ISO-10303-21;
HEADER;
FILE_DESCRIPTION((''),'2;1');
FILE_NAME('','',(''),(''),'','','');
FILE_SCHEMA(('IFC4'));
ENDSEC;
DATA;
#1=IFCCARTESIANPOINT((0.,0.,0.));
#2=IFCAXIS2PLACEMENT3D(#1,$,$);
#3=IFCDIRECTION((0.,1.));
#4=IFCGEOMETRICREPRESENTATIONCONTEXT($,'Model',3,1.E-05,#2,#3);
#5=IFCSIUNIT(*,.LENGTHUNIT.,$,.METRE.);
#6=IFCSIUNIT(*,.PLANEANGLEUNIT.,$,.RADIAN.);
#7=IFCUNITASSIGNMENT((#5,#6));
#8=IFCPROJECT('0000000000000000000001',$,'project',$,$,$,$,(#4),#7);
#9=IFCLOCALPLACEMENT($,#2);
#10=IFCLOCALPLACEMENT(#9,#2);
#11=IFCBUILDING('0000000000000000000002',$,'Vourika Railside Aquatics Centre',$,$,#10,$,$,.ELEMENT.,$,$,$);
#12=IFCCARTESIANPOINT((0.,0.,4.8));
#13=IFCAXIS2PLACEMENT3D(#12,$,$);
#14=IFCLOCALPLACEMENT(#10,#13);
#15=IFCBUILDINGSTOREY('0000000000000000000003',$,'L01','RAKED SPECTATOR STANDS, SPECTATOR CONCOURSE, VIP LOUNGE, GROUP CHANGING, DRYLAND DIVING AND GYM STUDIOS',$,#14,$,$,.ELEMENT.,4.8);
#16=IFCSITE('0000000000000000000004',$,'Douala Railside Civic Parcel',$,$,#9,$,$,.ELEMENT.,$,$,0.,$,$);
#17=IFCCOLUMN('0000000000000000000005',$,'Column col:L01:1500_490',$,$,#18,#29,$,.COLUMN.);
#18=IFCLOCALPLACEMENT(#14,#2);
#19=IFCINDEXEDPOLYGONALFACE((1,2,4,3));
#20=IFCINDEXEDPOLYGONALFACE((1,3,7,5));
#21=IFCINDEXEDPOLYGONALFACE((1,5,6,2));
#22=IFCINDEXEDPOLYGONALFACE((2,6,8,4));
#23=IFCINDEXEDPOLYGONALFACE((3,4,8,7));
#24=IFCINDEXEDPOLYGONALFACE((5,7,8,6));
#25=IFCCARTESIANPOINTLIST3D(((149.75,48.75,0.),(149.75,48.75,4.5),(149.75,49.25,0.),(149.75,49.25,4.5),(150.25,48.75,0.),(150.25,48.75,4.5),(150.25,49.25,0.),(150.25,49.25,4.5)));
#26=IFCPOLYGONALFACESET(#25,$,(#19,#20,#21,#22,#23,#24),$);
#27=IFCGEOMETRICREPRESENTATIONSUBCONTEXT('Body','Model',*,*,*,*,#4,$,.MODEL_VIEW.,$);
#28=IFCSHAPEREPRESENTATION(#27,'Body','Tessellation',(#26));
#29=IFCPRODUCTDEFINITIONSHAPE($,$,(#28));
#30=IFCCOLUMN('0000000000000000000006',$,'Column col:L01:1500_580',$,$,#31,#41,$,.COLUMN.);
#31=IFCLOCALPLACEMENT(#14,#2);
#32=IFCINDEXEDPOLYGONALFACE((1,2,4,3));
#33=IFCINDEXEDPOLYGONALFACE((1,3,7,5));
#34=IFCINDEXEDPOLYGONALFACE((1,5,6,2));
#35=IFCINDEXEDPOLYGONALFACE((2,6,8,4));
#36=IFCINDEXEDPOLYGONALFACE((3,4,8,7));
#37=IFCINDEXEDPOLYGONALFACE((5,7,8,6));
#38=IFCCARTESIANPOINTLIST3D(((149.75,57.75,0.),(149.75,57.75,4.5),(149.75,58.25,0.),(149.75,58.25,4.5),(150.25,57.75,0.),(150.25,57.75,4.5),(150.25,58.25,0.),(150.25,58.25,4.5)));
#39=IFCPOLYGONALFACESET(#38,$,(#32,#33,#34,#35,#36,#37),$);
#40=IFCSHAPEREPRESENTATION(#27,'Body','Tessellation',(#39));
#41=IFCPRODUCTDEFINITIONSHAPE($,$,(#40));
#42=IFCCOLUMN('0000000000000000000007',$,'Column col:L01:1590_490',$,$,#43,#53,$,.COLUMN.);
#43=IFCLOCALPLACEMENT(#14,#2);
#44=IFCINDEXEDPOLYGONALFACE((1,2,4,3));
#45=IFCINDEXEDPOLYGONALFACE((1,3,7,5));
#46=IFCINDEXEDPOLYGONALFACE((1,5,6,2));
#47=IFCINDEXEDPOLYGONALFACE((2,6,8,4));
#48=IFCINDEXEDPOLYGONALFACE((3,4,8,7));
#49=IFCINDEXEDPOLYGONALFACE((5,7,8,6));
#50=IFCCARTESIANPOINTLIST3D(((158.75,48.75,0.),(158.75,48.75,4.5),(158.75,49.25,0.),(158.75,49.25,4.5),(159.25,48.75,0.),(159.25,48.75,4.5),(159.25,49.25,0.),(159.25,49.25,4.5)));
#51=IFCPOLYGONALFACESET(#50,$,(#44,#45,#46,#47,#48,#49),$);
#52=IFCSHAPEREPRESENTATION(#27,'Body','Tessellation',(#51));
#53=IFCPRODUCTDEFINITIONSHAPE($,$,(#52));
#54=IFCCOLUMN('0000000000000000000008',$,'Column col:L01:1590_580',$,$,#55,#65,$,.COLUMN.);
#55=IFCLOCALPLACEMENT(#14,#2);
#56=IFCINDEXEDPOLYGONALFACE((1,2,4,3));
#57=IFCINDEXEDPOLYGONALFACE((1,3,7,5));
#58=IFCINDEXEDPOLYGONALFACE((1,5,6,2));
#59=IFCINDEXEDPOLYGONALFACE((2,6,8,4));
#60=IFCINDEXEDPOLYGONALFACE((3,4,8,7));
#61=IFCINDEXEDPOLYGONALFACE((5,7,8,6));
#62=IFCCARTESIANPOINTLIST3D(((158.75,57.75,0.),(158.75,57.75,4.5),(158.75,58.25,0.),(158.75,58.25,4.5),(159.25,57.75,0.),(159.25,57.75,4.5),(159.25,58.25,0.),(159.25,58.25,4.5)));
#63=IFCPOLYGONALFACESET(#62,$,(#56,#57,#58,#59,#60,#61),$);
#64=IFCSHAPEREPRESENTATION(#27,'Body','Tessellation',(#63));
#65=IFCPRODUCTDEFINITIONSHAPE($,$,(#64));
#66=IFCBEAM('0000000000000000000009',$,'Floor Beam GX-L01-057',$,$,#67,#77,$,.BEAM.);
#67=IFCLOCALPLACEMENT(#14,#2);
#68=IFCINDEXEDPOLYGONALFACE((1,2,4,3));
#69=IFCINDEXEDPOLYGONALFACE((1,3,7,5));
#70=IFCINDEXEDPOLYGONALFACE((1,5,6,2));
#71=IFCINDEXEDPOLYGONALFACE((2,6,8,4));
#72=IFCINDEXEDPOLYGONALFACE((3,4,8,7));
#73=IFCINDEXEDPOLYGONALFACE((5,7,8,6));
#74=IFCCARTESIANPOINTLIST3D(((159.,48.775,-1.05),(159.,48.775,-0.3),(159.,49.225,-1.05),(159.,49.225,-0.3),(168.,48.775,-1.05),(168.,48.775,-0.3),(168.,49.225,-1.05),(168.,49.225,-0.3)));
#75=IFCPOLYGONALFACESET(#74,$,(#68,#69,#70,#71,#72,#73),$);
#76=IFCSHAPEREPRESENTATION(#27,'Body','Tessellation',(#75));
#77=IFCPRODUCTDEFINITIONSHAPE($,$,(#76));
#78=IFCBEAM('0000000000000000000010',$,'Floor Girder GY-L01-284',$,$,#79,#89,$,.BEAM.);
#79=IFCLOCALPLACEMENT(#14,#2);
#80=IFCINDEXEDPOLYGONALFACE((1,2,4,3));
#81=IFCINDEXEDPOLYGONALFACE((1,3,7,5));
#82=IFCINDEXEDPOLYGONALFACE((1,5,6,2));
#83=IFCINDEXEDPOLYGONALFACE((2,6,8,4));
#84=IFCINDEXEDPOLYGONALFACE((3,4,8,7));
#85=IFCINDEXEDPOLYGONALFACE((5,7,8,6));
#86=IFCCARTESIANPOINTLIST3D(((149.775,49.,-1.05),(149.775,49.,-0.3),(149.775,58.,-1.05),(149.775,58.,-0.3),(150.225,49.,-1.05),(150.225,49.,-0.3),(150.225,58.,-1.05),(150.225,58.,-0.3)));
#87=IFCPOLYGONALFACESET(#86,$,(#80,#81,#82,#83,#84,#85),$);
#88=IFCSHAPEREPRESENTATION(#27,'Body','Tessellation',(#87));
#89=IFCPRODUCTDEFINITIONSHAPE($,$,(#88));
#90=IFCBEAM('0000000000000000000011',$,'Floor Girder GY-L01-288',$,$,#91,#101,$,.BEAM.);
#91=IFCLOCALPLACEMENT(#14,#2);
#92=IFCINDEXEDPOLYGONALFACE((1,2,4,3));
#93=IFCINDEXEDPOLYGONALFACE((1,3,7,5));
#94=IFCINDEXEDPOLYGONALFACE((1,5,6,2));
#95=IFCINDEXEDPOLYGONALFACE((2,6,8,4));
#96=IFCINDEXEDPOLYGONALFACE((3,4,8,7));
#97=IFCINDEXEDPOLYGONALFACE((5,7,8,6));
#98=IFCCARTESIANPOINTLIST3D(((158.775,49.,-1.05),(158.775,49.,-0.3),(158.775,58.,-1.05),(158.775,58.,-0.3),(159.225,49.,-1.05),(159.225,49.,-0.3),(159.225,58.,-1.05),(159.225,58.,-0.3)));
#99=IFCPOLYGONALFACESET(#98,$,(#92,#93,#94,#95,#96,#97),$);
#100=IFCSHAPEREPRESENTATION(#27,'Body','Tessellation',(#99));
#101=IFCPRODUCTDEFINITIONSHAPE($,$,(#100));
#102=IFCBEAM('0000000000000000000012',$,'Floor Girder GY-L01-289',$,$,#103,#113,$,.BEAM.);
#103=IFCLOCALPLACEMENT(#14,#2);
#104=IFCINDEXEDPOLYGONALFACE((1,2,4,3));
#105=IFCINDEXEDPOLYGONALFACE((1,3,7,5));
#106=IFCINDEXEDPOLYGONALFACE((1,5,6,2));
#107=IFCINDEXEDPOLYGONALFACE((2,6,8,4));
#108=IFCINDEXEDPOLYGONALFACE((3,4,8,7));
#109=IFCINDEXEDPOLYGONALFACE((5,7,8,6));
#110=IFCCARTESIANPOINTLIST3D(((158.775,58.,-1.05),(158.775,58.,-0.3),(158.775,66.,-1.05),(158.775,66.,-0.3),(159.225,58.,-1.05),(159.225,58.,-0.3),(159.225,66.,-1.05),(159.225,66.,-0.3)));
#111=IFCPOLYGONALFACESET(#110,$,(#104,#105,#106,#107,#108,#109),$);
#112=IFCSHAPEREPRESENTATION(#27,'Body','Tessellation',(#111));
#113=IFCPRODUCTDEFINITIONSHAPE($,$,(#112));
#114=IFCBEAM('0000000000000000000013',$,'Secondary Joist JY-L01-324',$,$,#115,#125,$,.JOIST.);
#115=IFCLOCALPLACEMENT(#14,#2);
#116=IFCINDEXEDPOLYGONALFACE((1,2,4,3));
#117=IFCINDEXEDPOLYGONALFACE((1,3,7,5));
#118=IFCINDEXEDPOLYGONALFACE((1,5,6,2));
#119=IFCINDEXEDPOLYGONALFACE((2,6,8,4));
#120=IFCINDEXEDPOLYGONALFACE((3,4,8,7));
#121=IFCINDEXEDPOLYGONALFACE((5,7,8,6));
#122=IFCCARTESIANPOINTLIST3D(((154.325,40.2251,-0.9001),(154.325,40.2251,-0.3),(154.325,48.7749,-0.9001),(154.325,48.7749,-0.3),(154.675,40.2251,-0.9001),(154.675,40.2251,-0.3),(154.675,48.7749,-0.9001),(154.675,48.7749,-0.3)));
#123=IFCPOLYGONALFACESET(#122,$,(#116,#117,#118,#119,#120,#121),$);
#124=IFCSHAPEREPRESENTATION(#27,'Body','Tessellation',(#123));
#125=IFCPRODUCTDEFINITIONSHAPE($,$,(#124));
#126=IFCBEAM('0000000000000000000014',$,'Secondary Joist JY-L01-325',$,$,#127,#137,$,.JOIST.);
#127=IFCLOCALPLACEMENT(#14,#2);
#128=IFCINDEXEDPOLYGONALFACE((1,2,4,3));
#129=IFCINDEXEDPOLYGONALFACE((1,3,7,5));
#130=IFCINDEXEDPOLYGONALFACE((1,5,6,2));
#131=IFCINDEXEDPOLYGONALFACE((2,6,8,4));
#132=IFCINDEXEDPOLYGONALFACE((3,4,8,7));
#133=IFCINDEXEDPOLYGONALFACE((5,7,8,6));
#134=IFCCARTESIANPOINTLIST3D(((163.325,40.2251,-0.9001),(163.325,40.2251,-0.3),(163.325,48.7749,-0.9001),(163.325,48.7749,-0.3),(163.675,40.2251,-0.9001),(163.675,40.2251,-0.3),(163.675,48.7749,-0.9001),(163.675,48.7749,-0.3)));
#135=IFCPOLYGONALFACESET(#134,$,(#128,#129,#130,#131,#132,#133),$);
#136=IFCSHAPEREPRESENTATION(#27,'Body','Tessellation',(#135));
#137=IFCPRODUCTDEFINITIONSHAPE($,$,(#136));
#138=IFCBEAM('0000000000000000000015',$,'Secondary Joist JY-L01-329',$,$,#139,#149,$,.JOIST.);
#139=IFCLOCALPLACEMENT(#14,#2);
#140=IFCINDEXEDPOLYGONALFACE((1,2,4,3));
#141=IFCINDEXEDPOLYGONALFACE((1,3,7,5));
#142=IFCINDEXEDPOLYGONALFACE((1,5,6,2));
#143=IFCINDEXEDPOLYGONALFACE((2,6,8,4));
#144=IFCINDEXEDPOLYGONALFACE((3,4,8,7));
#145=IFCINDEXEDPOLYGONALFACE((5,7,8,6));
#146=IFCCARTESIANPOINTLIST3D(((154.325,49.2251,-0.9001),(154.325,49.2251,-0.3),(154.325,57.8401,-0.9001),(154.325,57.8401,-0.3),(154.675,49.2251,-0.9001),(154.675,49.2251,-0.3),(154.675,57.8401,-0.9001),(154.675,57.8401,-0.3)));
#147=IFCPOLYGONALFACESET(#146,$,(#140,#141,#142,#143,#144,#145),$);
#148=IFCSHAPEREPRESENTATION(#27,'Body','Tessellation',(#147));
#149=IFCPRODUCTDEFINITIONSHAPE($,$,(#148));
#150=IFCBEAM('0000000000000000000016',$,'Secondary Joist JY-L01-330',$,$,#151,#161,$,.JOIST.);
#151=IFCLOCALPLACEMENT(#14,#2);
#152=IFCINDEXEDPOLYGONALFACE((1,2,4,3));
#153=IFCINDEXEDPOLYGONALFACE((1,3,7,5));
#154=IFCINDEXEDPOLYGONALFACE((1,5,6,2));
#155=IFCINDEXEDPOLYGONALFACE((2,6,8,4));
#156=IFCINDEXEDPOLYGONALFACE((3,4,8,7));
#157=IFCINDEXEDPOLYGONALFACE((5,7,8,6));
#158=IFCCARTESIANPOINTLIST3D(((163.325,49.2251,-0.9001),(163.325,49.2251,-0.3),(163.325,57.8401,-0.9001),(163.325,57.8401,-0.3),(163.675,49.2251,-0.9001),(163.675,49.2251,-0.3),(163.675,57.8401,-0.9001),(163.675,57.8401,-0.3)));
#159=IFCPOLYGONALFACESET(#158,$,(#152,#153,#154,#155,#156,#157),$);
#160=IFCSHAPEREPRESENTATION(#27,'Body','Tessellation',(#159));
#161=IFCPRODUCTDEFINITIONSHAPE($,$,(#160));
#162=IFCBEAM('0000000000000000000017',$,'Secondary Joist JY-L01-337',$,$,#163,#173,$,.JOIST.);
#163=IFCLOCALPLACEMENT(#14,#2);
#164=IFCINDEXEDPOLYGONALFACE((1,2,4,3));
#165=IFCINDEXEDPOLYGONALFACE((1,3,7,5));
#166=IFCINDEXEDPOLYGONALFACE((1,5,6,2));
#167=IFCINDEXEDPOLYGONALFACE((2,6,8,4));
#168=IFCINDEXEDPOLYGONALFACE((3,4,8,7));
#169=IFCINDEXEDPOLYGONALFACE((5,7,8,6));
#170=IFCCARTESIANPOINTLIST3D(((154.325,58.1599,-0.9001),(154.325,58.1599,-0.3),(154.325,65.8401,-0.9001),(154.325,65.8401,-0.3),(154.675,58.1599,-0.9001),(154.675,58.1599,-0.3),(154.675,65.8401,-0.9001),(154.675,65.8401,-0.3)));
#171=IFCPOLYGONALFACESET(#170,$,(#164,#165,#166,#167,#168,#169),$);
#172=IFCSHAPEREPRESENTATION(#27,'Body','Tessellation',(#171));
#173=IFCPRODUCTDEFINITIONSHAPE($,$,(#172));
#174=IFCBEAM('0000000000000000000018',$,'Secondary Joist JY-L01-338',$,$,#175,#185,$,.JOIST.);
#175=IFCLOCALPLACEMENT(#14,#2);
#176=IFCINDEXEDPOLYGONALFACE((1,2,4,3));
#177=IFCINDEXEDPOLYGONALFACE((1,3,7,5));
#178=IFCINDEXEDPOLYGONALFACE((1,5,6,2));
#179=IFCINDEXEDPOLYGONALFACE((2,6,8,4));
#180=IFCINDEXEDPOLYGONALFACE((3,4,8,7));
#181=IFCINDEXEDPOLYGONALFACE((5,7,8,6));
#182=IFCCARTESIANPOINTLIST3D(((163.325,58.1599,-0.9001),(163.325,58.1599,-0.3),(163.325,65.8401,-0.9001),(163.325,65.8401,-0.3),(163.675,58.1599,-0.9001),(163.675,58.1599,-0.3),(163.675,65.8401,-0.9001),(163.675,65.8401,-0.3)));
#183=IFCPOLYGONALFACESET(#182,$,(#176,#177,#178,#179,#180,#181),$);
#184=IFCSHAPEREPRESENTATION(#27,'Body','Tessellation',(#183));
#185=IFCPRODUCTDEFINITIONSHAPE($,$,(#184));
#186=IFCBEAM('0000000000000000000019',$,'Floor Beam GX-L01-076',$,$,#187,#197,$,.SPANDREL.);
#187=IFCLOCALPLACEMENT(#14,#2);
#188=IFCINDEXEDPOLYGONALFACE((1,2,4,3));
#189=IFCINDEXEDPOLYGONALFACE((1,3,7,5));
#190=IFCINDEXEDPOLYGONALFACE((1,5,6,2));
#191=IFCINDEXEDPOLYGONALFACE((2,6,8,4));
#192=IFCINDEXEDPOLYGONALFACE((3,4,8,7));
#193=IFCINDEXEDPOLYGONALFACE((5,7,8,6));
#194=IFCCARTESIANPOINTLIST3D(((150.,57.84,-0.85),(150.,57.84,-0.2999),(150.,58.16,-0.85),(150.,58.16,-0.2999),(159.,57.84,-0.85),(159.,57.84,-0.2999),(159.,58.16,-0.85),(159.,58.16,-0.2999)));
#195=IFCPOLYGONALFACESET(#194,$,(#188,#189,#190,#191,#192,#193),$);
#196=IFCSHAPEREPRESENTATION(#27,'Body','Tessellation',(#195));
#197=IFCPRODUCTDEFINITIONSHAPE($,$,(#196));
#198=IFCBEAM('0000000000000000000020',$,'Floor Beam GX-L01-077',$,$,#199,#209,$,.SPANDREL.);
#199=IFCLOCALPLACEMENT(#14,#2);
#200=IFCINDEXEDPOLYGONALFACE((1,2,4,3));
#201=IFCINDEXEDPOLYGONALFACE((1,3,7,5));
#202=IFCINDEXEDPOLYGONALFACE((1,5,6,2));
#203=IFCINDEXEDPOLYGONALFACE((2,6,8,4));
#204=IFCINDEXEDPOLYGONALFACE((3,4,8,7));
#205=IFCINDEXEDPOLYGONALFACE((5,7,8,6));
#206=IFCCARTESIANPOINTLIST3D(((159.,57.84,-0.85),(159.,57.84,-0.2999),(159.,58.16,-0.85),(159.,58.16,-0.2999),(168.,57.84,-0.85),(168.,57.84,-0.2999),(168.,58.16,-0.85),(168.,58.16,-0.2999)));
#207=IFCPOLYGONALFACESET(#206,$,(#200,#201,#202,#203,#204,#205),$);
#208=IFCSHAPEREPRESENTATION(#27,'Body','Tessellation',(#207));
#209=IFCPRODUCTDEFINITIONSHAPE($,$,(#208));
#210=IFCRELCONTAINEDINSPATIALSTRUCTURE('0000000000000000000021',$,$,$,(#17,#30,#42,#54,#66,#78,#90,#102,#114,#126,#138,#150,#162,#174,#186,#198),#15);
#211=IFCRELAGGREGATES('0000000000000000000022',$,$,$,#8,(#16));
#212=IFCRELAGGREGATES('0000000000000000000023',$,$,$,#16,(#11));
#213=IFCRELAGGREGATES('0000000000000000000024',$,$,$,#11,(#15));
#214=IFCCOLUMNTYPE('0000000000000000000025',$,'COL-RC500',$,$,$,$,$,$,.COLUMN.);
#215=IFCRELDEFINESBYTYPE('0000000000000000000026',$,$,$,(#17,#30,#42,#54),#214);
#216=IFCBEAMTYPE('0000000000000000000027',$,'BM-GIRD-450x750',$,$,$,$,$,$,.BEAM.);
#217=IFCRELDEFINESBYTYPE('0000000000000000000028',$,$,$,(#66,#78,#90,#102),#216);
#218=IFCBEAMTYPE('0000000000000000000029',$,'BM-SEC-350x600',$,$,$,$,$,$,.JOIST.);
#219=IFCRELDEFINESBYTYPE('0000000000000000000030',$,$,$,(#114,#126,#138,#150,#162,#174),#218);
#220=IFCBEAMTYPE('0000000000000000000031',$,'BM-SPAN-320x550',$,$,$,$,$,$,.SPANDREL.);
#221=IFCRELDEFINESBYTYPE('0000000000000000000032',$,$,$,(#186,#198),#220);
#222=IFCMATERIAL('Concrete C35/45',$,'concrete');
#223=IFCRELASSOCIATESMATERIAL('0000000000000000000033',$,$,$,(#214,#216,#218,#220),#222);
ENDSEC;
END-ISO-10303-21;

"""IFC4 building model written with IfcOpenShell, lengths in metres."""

from ifc_helpers import new_model, si_unit, direction, frame, origin, origin_2d, place, context, subcontext, project, spatial, rectangle, extrude, material, material_profile, profile_set, type_object, element, save


model = new_model("IFC4")

# Units and contexts
model_context = context("Model", 3, precision=1e-05, world=origin(), true_north=direction((0.0, 1.0)))
body_context = subcontext(model_context, "Body", "Model", "MODEL_VIEW")
ifc_project = project(units=[si_unit("LENGTHUNIT", "METRE"), si_unit("PLANEANGLEUNIT", "RADIAN")], contexts=[model_context])

# Site, building, storey
site_placement = place(None, origin())
site = spatial("IfcSite", under=ifc_project, at=site_placement, Name="Douala Railside Civic Parcel", CompositionType="ELEMENT", RefElevation=0.0)
building_placement = place(site_placement, origin())
building = spatial("IfcBuilding", under=site, at=building_placement, Name="Vourika Railside Aquatics Centre", CompositionType="ELEMENT")
storey_placement = place(building_placement, frame((0.0, 0.0, 4.8)))
storey = spatial("IfcBuildingStorey", under=building, at=storey_placement, Name="L01", Description="RAKED SPECTATOR STANDS, SPECTATOR CONCOURSE, VIP LOUNGE, GROUP CHANGING, DRYLAND DIVING AND GYM STUDIOS", CompositionType="ELEMENT", Elevation=4.8)

# Columns
ifc_material_1 = material(Name="Concrete C35/45", Category="concrete")
ifc_material_profile_1 = material_profile(ifc_material_1, rectangle(XDim=0.5, YDim=0.5, at=origin_2d()), Name="RC 500x500")
ifc_profile_set_1 = profile_set([ifc_material_profile_1], Name="Concrete C35/45")
column_type = type_object("IfcColumnType", Name="COL-RC500", PredefinedType="COLUMN", material=ifc_profile_set_1)
for number, where, z_axis, x_axis, name in (
    (1, (150.0, 49.0, 0.0), (0.0, 0.0, 1.0), (1.0, 0.0, 0.0), "Column col:L01:1500_490"),
    (2, (150.0, 58.0, 0.0), (0.0, 0.0, 1.0), (1.0, 0.0, 0.0), "Column col:L01:1500_580"),
    (3, (159.0, 49.0, 0.0), (0.0, 0.0, 1.0), (1.0, 0.0, 0.0), "Column col:L01:1590_490"),
    (4, (159.0, 58.0, 0.0), (0.0, 0.0, 1.0), (1.0, 0.0, 0.0), "Column col:L01:1590_580"),
):
    element("IfcColumn", number, at=place(storey_placement, frame(where, z_axis=z_axis, x_axis=x_axis)), inside=storey, type_object=column_type, Name=name, PredefinedType="COLUMN", context=body_context, shape_type="SweptSolid", body=[
        extrude(rectangle(XDim=0.5, YDim=0.5, at=origin_2d()), origin(), (0.0, 0.0, 1.0), 4.5),
    ])

# Beams
ifc_material_profile_2 = material_profile(ifc_material_1, rectangle(XDim=0.45, YDim=0.75, at=origin_2d()), Name="RC 450x750")
ifc_profile_set_2 = profile_set([ifc_material_profile_2], Name="Concrete C35/45")
beam_type_1 = type_object("IfcBeamType", Name="BM-GIRD-450x750", PredefinedType="BEAM", material=ifc_profile_set_2)
for number, where, z_axis, x_axis, name in (
    (5, (159.0, 49.0, -0.675), (1.0, 0.0, 0.0), (0.0, 1.0, 0.0), "Floor Beam GX-L01-057"),
    (6, (150.0, 49.0, -0.675), (0.0, 1.0, 0.0), (-1.0, 0.0, 0.0), "Floor Girder GY-L01-284"),
    (7, (159.0, 49.0, -0.675), (0.0, 1.0, 0.0), (-1.0, 0.0, 0.0), "Floor Girder GY-L01-288"),
):
    element("IfcBeam", number, at=place(storey_placement, frame(where, z_axis=z_axis, x_axis=x_axis)), inside=storey, type_object=beam_type_1, Name=name, PredefinedType="BEAM", context=body_context, shape_type="SweptSolid", body=[
        extrude(rectangle(XDim=0.45, YDim=0.75, at=origin_2d()), origin(), (0.0, 0.0, 1.0), 9.0),
    ])
beam_placement = place(storey_placement, frame((159.0, 58.0, -0.675), z_axis=(0.0, 1.0, 0.0), x_axis=(-1.0, 0.0, 0.0)))
element("IfcBeam", 8, at=beam_placement, inside=storey, type_object=beam_type_1, Name="Floor Girder GY-L01-289", PredefinedType="BEAM", context=body_context, shape_type="SweptSolid", body=[
    extrude(rectangle(XDim=0.45, YDim=0.75, at=origin_2d()), origin(), (0.0, 0.0, 1.0), 8.0),
])
ifc_material_profile_3 = material_profile(ifc_material_1, rectangle(XDim=0.3501, YDim=0.6001, at=origin_2d()), Name="RC 350x600")
ifc_profile_set_3 = profile_set([ifc_material_profile_3], Name="Concrete C35/45")
beam_type_2 = type_object("IfcBeamType", Name="BM-SEC-350x600", PredefinedType="JOIST", material=ifc_profile_set_3)
for number, where, z_axis, x_axis, name in (
    (9, (154.5, 40.2251, -0.6001), (0.0, 1.0, 0.0), (-1.0, 0.0, 0.0), "Secondary Joist JY-L01-324"),
    (10, (163.5, 40.2251, -0.6001), (0.0, 1.0, 0.0), (-1.0, 0.0, 0.0), "Secondary Joist JY-L01-325"),
):
    element("IfcBeam", number, at=place(storey_placement, frame(where, z_axis=z_axis, x_axis=x_axis)), inside=storey, type_object=beam_type_2, Name=name, PredefinedType="JOIST", context=body_context, shape_type="SweptSolid", body=[
        extrude(rectangle(XDim=0.3501, YDim=0.6001, at=origin_2d()), origin(), (0.0, 0.0, 1.0), 8.5498),
    ])
for number, where, z_axis, x_axis, name in (
    (11, (154.5, 49.2251, -0.6001), (0.0, 1.0, 0.0), (-1.0, 0.0, 0.0), "Secondary Joist JY-L01-329"),
    (12, (163.5, 49.2251, -0.6001), (0.0, 1.0, 0.0), (-1.0, 0.0, 0.0), "Secondary Joist JY-L01-330"),
):
    element("IfcBeam", number, at=place(storey_placement, frame(where, z_axis=z_axis, x_axis=x_axis)), inside=storey, type_object=beam_type_2, Name=name, PredefinedType="JOIST", context=body_context, shape_type="SweptSolid", body=[
        extrude(rectangle(XDim=0.3501, YDim=0.6001, at=origin_2d()), origin(), (0.0, 0.0, 1.0), 8.615),
    ])
for number, where, z_axis, x_axis, name in (
    (13, (154.5, 58.1599, -0.6001), (0.0, 1.0, 0.0), (-1.0, 0.0, 0.0), "Secondary Joist JY-L01-337"),
    (14, (163.5, 58.1599, -0.6001), (0.0, 1.0, 0.0), (-1.0, 0.0, 0.0), "Secondary Joist JY-L01-338"),
):
    element("IfcBeam", number, at=place(storey_placement, frame(where, z_axis=z_axis, x_axis=x_axis)), inside=storey, type_object=beam_type_2, Name=name, PredefinedType="JOIST", context=body_context, shape_type="SweptSolid", body=[
        extrude(rectangle(XDim=0.3501, YDim=0.6001, at=origin_2d()), origin(), (0.0, 0.0, 1.0), 7.6802),
    ])
ifc_material_profile_4 = material_profile(ifc_material_1, rectangle(XDim=0.3201, YDim=0.55, at=origin_2d()), Name="RC 320x550")
ifc_profile_set_4 = profile_set([ifc_material_profile_4], Name="Concrete C35/45")
beam_type_3 = type_object("IfcBeamType", Name="BM-SPAN-320x550", PredefinedType="SPANDREL", material=ifc_profile_set_4)
for number, where, z_axis, x_axis, name in (
    (15, (150.0, 58.0, -0.575), (1.0, 0.0, 0.0), (0.0, 1.0, 0.0), "Floor Beam GX-L01-076"),
    (16, (159.0, 58.0, -0.575), (1.0, 0.0, 0.0), (0.0, 1.0, 0.0), "Floor Beam GX-L01-077"),
):
    element("IfcBeam", number, at=place(storey_placement, frame(where, z_axis=z_axis, x_axis=x_axis)), inside=storey, type_object=beam_type_3, Name=name, PredefinedType="SPANDREL", context=body_context, shape_type="SweptSolid", body=[
        extrude(rectangle(XDim=0.3201, YDim=0.55, at=origin_2d()), origin(), (0.0, 0.0, 1.0), 9.0),
    ])

save(model, "model.ifc")
